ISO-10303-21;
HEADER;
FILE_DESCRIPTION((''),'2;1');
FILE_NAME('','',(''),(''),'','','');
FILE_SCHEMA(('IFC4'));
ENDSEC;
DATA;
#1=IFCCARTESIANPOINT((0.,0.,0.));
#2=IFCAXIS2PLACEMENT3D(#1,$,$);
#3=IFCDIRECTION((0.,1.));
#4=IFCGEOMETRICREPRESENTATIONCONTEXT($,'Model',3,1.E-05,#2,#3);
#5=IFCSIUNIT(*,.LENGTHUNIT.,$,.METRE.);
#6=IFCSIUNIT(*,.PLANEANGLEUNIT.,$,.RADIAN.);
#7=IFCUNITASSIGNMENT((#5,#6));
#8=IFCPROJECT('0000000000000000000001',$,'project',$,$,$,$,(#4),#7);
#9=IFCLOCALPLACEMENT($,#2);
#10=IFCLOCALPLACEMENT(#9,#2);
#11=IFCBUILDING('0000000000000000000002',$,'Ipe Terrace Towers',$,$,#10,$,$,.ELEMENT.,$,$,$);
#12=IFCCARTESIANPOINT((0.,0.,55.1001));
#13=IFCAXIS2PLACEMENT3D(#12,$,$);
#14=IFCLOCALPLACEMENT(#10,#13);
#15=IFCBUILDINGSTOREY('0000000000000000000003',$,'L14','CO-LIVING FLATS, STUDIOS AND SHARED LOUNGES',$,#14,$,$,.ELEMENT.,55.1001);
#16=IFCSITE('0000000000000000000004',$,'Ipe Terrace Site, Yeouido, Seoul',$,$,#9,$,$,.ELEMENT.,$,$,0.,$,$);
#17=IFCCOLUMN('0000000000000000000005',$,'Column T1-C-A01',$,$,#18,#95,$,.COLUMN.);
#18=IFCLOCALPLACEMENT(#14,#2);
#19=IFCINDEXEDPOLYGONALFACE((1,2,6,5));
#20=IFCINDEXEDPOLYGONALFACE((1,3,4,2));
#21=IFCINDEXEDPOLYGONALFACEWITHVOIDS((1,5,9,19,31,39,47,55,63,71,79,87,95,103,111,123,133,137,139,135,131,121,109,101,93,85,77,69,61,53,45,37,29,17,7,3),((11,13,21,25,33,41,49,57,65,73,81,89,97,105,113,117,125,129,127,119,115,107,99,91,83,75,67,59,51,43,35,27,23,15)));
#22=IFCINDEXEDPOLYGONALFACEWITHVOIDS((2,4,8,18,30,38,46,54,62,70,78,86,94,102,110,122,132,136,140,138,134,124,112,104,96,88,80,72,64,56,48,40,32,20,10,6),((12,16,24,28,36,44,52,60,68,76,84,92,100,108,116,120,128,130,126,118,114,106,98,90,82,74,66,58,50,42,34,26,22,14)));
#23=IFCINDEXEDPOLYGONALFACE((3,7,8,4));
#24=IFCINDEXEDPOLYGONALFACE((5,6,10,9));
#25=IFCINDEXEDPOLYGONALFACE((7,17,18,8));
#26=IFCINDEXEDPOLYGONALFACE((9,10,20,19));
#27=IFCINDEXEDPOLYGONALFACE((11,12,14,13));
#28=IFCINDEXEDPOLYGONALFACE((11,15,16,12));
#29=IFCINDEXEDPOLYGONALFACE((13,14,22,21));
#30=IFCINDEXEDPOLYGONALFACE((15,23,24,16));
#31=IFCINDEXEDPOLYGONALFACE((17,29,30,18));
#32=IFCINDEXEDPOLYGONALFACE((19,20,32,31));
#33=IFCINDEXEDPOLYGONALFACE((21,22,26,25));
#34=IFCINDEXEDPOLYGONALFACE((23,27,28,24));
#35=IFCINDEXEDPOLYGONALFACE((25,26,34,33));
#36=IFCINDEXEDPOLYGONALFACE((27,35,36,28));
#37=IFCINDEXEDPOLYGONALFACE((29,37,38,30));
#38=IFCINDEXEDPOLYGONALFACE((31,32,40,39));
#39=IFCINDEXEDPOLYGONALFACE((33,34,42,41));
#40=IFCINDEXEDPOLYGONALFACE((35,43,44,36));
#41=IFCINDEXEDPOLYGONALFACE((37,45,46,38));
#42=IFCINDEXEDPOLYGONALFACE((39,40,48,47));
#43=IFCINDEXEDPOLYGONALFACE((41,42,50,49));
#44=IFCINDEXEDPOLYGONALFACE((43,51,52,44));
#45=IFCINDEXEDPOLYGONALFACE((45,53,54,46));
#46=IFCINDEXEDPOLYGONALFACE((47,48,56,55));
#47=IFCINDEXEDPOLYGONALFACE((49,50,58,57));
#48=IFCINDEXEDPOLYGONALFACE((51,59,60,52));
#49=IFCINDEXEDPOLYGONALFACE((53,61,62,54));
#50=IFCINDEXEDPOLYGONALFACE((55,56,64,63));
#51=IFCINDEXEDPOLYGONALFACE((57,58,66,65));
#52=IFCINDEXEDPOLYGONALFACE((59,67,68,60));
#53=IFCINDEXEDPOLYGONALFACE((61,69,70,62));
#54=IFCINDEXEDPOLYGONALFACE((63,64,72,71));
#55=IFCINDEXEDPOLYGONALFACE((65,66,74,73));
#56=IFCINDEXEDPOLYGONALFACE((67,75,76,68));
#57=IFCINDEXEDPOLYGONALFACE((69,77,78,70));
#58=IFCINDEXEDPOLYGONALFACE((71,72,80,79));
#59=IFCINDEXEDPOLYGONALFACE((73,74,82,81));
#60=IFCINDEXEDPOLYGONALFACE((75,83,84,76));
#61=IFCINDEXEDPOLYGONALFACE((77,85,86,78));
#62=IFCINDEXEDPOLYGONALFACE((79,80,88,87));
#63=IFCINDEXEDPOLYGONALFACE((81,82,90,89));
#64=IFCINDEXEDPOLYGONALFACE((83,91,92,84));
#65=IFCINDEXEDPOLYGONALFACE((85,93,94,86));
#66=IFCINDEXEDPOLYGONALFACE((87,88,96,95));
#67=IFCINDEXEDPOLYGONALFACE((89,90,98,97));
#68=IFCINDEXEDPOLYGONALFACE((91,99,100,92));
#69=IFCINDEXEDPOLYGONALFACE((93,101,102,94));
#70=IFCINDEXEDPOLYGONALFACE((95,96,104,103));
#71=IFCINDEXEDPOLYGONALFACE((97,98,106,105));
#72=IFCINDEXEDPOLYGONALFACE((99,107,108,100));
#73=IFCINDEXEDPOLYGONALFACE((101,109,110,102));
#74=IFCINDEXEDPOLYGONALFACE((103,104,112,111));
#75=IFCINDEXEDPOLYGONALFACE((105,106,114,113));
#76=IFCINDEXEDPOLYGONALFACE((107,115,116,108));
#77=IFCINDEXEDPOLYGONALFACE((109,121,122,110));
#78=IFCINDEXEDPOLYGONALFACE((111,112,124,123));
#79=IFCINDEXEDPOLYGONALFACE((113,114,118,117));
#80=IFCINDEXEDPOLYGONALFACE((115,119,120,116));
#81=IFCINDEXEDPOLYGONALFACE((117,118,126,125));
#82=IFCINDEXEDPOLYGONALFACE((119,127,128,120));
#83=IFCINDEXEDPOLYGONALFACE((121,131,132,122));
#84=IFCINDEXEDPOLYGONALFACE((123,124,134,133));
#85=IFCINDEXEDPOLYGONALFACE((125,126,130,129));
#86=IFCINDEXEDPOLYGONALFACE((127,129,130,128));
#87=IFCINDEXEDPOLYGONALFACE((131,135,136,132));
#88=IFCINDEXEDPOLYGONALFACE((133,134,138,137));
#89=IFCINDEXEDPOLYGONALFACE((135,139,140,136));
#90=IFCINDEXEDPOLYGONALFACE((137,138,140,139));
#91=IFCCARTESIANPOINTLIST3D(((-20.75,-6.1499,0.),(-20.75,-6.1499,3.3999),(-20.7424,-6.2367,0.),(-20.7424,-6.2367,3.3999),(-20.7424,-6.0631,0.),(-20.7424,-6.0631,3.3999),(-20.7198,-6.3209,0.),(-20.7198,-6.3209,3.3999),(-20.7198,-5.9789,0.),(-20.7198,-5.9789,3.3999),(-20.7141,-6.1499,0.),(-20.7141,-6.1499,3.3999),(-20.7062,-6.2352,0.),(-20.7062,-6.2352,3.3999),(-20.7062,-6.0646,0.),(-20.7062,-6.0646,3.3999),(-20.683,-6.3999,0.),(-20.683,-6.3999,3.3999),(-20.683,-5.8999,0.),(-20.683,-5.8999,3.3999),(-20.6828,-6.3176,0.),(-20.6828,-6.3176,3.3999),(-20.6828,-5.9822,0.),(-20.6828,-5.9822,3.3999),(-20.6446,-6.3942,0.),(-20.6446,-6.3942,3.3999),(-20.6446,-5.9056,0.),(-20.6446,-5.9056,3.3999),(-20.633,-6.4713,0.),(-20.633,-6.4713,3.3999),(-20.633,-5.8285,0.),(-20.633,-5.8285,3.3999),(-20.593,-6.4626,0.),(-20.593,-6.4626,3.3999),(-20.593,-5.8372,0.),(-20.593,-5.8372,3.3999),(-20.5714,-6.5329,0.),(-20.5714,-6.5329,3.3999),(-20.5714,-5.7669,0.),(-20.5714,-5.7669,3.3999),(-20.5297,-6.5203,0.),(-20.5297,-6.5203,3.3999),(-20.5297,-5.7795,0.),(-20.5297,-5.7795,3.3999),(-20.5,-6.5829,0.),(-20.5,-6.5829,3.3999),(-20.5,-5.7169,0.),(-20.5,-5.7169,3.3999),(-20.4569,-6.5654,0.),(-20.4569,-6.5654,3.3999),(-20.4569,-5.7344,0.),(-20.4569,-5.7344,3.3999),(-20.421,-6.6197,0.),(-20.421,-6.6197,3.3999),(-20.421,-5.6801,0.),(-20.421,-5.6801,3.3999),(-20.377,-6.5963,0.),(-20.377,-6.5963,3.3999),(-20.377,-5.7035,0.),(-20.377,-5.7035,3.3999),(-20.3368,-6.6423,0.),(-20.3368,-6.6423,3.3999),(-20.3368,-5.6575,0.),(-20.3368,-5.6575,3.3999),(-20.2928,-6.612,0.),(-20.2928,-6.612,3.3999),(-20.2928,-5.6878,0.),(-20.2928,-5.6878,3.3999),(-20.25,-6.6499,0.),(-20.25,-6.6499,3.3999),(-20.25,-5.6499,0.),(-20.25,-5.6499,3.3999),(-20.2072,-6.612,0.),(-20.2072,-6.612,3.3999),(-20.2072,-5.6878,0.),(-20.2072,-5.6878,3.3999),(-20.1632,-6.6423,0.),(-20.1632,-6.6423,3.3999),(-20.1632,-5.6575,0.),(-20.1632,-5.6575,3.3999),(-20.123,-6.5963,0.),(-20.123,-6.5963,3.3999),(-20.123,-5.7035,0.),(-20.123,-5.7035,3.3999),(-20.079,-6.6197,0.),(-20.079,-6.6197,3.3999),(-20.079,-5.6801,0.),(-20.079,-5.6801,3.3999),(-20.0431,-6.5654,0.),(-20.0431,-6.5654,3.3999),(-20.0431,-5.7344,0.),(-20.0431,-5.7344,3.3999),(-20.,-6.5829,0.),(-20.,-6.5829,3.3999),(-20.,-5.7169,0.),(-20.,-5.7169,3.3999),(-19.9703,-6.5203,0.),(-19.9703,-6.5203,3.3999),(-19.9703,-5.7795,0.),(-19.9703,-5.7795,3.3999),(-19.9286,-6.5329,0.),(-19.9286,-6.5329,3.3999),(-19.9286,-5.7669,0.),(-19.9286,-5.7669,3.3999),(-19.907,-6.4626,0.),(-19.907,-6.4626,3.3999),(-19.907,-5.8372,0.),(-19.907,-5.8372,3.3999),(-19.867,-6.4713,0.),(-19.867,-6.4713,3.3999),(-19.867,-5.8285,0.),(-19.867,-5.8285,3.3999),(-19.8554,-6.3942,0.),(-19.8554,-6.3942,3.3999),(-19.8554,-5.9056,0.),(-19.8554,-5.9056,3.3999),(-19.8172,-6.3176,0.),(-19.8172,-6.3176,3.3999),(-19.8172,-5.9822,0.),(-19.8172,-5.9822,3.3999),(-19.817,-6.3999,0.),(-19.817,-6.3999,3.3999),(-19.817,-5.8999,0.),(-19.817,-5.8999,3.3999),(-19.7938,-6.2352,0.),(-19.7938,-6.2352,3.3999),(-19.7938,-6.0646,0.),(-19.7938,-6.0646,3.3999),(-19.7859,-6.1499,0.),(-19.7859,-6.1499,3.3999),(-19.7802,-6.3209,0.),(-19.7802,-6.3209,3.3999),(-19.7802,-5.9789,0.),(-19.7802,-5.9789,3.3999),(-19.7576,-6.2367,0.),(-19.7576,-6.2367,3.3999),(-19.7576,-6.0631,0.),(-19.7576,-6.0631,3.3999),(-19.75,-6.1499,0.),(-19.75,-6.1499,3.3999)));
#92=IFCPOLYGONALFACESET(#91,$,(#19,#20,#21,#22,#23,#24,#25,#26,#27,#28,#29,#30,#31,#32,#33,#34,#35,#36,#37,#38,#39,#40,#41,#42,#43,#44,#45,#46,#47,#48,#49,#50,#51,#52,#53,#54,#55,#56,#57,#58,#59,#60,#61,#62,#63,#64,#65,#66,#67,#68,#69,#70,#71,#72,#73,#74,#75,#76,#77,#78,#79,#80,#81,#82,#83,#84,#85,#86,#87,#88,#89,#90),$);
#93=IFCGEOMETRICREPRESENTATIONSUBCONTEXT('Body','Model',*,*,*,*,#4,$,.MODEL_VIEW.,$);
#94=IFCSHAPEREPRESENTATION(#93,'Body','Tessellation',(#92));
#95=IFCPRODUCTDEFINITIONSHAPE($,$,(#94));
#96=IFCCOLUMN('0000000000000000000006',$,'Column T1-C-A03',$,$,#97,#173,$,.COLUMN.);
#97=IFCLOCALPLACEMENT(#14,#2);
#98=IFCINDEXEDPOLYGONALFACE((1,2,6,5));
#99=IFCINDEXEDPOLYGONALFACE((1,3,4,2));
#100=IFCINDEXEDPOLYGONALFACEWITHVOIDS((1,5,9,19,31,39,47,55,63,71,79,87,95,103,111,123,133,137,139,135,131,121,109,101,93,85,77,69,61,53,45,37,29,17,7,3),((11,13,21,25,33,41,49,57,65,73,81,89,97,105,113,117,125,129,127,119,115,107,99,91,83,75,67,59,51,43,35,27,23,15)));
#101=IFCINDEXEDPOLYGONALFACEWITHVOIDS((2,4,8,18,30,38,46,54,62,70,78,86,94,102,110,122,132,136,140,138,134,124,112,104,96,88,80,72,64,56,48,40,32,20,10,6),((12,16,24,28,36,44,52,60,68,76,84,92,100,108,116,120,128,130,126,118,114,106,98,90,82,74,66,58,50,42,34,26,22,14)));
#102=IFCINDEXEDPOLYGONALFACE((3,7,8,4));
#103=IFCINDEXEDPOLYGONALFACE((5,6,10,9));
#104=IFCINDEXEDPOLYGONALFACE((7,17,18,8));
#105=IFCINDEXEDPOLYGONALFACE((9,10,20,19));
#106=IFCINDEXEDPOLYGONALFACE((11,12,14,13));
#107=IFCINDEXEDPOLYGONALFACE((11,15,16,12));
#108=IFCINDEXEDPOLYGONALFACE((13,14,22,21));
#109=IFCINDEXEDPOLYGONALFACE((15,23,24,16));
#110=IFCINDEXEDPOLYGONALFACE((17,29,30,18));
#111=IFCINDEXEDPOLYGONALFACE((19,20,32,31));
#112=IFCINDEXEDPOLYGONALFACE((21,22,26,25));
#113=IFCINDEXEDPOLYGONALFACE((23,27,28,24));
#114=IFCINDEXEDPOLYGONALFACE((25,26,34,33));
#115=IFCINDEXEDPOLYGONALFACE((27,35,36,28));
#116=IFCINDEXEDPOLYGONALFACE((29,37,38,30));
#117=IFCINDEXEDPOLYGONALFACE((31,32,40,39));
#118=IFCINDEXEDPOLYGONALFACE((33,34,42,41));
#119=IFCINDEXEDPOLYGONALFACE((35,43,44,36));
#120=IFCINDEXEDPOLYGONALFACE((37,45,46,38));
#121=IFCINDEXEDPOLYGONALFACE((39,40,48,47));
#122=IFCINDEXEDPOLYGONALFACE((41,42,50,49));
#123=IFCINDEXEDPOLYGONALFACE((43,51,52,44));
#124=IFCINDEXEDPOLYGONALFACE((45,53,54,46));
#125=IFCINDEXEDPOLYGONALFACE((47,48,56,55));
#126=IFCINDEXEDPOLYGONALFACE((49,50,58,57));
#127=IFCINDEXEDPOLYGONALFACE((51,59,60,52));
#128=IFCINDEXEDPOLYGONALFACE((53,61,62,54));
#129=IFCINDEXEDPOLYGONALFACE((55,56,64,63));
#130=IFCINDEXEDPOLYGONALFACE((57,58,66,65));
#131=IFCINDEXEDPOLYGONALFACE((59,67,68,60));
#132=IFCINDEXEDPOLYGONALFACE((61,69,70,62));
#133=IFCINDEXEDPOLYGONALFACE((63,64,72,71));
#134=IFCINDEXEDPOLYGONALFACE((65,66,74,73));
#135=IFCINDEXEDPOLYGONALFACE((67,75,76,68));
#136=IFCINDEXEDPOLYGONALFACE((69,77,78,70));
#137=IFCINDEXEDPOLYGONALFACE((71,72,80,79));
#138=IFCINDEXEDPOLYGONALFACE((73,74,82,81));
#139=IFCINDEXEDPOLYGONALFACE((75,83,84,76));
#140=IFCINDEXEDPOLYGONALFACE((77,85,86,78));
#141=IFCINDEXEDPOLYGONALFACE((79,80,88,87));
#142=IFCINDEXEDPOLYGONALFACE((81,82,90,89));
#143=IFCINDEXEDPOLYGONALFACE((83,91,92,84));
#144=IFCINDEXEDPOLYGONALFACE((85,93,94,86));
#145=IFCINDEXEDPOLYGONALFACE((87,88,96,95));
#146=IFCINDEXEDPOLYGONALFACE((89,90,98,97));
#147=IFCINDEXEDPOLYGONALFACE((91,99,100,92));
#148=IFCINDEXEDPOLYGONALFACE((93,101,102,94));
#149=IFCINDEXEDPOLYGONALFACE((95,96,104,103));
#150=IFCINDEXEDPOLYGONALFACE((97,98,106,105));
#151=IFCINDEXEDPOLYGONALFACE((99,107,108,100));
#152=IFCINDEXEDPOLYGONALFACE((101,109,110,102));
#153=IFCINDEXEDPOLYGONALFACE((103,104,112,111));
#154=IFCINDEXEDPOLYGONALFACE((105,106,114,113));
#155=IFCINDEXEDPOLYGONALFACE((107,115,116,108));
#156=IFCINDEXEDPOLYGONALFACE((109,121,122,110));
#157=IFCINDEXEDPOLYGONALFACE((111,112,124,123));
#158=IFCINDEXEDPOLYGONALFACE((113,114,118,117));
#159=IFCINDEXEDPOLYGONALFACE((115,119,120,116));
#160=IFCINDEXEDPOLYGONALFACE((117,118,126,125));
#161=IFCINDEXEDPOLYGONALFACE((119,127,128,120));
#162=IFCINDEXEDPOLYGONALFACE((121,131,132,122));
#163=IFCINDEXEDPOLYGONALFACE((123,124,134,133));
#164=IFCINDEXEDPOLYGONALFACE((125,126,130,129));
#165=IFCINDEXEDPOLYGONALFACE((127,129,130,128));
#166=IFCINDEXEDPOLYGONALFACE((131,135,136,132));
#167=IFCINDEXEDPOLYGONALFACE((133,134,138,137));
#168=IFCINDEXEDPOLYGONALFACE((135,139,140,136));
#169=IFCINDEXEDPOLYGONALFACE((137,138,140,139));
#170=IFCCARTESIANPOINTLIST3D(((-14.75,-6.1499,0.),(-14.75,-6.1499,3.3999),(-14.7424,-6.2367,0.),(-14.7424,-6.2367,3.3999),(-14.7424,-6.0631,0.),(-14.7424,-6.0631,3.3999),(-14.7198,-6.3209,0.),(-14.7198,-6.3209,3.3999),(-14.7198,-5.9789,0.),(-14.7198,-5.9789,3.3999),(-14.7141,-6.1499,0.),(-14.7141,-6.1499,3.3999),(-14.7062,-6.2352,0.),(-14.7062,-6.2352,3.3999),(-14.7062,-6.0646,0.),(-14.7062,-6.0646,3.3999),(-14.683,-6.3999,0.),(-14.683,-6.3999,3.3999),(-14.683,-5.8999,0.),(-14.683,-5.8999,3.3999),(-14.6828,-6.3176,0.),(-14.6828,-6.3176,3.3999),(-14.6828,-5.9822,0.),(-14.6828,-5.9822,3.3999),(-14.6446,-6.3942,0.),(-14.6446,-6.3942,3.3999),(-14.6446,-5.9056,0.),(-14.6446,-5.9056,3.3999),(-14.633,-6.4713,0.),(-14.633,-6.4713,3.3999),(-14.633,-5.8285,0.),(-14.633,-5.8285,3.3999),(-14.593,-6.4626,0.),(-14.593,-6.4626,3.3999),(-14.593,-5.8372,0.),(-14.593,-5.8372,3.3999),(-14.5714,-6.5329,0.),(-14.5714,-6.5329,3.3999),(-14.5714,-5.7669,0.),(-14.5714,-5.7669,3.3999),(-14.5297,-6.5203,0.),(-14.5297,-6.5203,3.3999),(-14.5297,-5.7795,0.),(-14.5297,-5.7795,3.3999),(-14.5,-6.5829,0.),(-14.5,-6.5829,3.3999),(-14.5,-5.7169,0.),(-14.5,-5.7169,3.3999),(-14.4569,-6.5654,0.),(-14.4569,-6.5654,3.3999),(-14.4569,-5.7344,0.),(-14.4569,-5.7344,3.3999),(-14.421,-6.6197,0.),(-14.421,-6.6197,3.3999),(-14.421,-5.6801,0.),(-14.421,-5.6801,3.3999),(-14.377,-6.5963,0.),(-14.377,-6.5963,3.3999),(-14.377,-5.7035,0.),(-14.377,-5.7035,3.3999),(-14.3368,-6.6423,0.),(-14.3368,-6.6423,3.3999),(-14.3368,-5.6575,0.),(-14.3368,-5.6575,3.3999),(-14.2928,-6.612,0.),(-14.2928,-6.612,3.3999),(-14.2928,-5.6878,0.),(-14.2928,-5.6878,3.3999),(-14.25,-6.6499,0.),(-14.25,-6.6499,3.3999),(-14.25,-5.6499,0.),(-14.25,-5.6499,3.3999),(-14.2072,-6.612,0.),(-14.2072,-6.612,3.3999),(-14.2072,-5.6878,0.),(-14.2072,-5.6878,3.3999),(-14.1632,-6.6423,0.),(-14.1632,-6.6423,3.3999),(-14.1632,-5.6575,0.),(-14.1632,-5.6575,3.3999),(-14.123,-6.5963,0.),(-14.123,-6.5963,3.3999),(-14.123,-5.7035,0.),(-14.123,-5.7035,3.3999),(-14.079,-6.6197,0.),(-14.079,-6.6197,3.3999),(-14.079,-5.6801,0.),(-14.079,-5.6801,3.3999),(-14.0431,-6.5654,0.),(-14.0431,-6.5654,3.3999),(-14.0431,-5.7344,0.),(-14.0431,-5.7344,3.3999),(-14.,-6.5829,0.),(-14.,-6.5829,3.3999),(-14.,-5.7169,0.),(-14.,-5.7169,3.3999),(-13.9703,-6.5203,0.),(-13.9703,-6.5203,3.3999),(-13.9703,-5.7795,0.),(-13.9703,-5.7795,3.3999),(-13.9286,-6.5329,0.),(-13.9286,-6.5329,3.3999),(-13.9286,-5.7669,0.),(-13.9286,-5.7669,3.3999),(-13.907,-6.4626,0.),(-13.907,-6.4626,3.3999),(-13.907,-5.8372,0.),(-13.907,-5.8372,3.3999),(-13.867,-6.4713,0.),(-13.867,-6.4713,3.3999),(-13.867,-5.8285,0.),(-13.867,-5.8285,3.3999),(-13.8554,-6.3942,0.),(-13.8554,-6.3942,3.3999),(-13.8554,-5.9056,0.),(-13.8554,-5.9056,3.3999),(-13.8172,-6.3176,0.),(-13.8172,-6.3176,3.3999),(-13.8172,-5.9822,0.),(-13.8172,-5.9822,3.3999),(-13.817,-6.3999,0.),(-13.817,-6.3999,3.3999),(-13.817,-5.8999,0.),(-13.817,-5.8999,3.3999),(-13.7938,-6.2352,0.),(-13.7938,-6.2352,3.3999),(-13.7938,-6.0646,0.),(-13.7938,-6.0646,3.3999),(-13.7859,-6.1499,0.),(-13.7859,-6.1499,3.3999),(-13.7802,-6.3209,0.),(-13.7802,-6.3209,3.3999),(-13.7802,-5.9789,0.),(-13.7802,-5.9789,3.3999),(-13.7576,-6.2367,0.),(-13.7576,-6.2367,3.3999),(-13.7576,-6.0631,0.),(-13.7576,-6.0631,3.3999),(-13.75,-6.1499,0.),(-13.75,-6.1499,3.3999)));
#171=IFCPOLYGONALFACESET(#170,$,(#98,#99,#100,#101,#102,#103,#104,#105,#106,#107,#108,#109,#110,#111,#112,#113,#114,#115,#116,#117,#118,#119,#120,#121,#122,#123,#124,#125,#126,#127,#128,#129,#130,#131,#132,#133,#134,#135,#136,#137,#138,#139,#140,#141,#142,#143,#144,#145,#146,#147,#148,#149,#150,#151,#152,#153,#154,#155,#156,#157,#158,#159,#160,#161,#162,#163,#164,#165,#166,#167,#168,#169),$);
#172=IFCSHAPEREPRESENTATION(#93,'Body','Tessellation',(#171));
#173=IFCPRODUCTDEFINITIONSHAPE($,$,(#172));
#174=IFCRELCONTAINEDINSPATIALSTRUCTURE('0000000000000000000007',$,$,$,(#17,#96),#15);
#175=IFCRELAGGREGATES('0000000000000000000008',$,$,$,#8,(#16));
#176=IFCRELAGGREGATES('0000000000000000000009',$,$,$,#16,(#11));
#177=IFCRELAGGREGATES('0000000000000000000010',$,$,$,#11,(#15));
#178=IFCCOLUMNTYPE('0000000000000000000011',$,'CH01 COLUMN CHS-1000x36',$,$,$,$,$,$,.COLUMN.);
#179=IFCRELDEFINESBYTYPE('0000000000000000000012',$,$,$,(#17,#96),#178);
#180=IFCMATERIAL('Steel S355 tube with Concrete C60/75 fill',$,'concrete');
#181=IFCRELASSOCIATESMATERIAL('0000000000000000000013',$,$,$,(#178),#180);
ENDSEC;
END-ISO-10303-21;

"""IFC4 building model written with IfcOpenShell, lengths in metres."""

from ifc_helpers import new_model, si_unit, direction, frame, origin, origin_2d, place, context, subcontext, project, spatial, hollow_circle, extrude, material, material_profile, profile_set, type_object, element, save


model = new_model("IFC4")

# Units and contexts
model_context = context("Model", 3, precision=1e-05, world=origin(), true_north=direction((0.0, 1.0)))
body_context = subcontext(model_context, "Body", "Model", "MODEL_VIEW")
ifc_project = project(units=[si_unit("LENGTHUNIT", "METRE"), si_unit("PLANEANGLEUNIT", "RADIAN")], contexts=[model_context])

# Site, building, storey
site_placement = place(None, origin())
site = spatial("IfcSite", under=ifc_project, at=site_placement, Name="Ipe Terrace Site, Yeouido, Seoul", CompositionType="ELEMENT", RefElevation=0.0)
building_placement = place(site_placement, origin())
building = spatial("IfcBuilding", under=site, at=building_placement, Name="Ipe Terrace Towers", CompositionType="ELEMENT")
storey_placement = place(building_placement, frame((0.0, 0.0, 55.1001)))
storey = spatial("IfcBuildingStorey", under=building, at=storey_placement, Name="L14", Description="CO-LIVING FLATS, STUDIOS AND SHARED LOUNGES", CompositionType="ELEMENT", Elevation=55.1001)

# Columns
ifc_material_1 = material(Name="Steel S355 tube with Concrete C60/75 fill", Category="concrete")
ifc_material_profile_1 = material_profile(ifc_material_1, hollow_circle(Radius=0.5, WallThickness=0.0359, at=origin_2d()), Name="CHS-1000x36")
ifc_profile_set_1 = profile_set([ifc_material_profile_1], Name="Steel S355 tube with Concrete C60/75 fill")
column_type = type_object("IfcColumnType", Name="CH01 COLUMN CHS-1000x36", PredefinedType="COLUMN", material=ifc_profile_set_1)
for number, where, z_axis, x_axis, name in (
    (1, (-20.25, -6.1499, 0.0), (0.0, 0.0, 1.0), (1.0, 0.0, 0.0), "Column T1-C-A01"),
    (2, (-14.25, -6.1499, 0.0), (0.0, 0.0, 1.0), (1.0, 0.0, 0.0), "Column T1-C-A03"),
):
    element("IfcColumn", number, at=place(storey_placement, frame(where, z_axis=z_axis, x_axis=x_axis)), inside=storey, type_object=column_type, Name=name, PredefinedType="COLUMN", context=body_context, shape_type="SweptSolid", body=[
        extrude(hollow_circle(Radius=0.5, WallThickness=0.0359, at=origin_2d()), origin(), (0.0, 0.0, 1.0), 3.3999),
    ])

save(model, "model.ifc")
